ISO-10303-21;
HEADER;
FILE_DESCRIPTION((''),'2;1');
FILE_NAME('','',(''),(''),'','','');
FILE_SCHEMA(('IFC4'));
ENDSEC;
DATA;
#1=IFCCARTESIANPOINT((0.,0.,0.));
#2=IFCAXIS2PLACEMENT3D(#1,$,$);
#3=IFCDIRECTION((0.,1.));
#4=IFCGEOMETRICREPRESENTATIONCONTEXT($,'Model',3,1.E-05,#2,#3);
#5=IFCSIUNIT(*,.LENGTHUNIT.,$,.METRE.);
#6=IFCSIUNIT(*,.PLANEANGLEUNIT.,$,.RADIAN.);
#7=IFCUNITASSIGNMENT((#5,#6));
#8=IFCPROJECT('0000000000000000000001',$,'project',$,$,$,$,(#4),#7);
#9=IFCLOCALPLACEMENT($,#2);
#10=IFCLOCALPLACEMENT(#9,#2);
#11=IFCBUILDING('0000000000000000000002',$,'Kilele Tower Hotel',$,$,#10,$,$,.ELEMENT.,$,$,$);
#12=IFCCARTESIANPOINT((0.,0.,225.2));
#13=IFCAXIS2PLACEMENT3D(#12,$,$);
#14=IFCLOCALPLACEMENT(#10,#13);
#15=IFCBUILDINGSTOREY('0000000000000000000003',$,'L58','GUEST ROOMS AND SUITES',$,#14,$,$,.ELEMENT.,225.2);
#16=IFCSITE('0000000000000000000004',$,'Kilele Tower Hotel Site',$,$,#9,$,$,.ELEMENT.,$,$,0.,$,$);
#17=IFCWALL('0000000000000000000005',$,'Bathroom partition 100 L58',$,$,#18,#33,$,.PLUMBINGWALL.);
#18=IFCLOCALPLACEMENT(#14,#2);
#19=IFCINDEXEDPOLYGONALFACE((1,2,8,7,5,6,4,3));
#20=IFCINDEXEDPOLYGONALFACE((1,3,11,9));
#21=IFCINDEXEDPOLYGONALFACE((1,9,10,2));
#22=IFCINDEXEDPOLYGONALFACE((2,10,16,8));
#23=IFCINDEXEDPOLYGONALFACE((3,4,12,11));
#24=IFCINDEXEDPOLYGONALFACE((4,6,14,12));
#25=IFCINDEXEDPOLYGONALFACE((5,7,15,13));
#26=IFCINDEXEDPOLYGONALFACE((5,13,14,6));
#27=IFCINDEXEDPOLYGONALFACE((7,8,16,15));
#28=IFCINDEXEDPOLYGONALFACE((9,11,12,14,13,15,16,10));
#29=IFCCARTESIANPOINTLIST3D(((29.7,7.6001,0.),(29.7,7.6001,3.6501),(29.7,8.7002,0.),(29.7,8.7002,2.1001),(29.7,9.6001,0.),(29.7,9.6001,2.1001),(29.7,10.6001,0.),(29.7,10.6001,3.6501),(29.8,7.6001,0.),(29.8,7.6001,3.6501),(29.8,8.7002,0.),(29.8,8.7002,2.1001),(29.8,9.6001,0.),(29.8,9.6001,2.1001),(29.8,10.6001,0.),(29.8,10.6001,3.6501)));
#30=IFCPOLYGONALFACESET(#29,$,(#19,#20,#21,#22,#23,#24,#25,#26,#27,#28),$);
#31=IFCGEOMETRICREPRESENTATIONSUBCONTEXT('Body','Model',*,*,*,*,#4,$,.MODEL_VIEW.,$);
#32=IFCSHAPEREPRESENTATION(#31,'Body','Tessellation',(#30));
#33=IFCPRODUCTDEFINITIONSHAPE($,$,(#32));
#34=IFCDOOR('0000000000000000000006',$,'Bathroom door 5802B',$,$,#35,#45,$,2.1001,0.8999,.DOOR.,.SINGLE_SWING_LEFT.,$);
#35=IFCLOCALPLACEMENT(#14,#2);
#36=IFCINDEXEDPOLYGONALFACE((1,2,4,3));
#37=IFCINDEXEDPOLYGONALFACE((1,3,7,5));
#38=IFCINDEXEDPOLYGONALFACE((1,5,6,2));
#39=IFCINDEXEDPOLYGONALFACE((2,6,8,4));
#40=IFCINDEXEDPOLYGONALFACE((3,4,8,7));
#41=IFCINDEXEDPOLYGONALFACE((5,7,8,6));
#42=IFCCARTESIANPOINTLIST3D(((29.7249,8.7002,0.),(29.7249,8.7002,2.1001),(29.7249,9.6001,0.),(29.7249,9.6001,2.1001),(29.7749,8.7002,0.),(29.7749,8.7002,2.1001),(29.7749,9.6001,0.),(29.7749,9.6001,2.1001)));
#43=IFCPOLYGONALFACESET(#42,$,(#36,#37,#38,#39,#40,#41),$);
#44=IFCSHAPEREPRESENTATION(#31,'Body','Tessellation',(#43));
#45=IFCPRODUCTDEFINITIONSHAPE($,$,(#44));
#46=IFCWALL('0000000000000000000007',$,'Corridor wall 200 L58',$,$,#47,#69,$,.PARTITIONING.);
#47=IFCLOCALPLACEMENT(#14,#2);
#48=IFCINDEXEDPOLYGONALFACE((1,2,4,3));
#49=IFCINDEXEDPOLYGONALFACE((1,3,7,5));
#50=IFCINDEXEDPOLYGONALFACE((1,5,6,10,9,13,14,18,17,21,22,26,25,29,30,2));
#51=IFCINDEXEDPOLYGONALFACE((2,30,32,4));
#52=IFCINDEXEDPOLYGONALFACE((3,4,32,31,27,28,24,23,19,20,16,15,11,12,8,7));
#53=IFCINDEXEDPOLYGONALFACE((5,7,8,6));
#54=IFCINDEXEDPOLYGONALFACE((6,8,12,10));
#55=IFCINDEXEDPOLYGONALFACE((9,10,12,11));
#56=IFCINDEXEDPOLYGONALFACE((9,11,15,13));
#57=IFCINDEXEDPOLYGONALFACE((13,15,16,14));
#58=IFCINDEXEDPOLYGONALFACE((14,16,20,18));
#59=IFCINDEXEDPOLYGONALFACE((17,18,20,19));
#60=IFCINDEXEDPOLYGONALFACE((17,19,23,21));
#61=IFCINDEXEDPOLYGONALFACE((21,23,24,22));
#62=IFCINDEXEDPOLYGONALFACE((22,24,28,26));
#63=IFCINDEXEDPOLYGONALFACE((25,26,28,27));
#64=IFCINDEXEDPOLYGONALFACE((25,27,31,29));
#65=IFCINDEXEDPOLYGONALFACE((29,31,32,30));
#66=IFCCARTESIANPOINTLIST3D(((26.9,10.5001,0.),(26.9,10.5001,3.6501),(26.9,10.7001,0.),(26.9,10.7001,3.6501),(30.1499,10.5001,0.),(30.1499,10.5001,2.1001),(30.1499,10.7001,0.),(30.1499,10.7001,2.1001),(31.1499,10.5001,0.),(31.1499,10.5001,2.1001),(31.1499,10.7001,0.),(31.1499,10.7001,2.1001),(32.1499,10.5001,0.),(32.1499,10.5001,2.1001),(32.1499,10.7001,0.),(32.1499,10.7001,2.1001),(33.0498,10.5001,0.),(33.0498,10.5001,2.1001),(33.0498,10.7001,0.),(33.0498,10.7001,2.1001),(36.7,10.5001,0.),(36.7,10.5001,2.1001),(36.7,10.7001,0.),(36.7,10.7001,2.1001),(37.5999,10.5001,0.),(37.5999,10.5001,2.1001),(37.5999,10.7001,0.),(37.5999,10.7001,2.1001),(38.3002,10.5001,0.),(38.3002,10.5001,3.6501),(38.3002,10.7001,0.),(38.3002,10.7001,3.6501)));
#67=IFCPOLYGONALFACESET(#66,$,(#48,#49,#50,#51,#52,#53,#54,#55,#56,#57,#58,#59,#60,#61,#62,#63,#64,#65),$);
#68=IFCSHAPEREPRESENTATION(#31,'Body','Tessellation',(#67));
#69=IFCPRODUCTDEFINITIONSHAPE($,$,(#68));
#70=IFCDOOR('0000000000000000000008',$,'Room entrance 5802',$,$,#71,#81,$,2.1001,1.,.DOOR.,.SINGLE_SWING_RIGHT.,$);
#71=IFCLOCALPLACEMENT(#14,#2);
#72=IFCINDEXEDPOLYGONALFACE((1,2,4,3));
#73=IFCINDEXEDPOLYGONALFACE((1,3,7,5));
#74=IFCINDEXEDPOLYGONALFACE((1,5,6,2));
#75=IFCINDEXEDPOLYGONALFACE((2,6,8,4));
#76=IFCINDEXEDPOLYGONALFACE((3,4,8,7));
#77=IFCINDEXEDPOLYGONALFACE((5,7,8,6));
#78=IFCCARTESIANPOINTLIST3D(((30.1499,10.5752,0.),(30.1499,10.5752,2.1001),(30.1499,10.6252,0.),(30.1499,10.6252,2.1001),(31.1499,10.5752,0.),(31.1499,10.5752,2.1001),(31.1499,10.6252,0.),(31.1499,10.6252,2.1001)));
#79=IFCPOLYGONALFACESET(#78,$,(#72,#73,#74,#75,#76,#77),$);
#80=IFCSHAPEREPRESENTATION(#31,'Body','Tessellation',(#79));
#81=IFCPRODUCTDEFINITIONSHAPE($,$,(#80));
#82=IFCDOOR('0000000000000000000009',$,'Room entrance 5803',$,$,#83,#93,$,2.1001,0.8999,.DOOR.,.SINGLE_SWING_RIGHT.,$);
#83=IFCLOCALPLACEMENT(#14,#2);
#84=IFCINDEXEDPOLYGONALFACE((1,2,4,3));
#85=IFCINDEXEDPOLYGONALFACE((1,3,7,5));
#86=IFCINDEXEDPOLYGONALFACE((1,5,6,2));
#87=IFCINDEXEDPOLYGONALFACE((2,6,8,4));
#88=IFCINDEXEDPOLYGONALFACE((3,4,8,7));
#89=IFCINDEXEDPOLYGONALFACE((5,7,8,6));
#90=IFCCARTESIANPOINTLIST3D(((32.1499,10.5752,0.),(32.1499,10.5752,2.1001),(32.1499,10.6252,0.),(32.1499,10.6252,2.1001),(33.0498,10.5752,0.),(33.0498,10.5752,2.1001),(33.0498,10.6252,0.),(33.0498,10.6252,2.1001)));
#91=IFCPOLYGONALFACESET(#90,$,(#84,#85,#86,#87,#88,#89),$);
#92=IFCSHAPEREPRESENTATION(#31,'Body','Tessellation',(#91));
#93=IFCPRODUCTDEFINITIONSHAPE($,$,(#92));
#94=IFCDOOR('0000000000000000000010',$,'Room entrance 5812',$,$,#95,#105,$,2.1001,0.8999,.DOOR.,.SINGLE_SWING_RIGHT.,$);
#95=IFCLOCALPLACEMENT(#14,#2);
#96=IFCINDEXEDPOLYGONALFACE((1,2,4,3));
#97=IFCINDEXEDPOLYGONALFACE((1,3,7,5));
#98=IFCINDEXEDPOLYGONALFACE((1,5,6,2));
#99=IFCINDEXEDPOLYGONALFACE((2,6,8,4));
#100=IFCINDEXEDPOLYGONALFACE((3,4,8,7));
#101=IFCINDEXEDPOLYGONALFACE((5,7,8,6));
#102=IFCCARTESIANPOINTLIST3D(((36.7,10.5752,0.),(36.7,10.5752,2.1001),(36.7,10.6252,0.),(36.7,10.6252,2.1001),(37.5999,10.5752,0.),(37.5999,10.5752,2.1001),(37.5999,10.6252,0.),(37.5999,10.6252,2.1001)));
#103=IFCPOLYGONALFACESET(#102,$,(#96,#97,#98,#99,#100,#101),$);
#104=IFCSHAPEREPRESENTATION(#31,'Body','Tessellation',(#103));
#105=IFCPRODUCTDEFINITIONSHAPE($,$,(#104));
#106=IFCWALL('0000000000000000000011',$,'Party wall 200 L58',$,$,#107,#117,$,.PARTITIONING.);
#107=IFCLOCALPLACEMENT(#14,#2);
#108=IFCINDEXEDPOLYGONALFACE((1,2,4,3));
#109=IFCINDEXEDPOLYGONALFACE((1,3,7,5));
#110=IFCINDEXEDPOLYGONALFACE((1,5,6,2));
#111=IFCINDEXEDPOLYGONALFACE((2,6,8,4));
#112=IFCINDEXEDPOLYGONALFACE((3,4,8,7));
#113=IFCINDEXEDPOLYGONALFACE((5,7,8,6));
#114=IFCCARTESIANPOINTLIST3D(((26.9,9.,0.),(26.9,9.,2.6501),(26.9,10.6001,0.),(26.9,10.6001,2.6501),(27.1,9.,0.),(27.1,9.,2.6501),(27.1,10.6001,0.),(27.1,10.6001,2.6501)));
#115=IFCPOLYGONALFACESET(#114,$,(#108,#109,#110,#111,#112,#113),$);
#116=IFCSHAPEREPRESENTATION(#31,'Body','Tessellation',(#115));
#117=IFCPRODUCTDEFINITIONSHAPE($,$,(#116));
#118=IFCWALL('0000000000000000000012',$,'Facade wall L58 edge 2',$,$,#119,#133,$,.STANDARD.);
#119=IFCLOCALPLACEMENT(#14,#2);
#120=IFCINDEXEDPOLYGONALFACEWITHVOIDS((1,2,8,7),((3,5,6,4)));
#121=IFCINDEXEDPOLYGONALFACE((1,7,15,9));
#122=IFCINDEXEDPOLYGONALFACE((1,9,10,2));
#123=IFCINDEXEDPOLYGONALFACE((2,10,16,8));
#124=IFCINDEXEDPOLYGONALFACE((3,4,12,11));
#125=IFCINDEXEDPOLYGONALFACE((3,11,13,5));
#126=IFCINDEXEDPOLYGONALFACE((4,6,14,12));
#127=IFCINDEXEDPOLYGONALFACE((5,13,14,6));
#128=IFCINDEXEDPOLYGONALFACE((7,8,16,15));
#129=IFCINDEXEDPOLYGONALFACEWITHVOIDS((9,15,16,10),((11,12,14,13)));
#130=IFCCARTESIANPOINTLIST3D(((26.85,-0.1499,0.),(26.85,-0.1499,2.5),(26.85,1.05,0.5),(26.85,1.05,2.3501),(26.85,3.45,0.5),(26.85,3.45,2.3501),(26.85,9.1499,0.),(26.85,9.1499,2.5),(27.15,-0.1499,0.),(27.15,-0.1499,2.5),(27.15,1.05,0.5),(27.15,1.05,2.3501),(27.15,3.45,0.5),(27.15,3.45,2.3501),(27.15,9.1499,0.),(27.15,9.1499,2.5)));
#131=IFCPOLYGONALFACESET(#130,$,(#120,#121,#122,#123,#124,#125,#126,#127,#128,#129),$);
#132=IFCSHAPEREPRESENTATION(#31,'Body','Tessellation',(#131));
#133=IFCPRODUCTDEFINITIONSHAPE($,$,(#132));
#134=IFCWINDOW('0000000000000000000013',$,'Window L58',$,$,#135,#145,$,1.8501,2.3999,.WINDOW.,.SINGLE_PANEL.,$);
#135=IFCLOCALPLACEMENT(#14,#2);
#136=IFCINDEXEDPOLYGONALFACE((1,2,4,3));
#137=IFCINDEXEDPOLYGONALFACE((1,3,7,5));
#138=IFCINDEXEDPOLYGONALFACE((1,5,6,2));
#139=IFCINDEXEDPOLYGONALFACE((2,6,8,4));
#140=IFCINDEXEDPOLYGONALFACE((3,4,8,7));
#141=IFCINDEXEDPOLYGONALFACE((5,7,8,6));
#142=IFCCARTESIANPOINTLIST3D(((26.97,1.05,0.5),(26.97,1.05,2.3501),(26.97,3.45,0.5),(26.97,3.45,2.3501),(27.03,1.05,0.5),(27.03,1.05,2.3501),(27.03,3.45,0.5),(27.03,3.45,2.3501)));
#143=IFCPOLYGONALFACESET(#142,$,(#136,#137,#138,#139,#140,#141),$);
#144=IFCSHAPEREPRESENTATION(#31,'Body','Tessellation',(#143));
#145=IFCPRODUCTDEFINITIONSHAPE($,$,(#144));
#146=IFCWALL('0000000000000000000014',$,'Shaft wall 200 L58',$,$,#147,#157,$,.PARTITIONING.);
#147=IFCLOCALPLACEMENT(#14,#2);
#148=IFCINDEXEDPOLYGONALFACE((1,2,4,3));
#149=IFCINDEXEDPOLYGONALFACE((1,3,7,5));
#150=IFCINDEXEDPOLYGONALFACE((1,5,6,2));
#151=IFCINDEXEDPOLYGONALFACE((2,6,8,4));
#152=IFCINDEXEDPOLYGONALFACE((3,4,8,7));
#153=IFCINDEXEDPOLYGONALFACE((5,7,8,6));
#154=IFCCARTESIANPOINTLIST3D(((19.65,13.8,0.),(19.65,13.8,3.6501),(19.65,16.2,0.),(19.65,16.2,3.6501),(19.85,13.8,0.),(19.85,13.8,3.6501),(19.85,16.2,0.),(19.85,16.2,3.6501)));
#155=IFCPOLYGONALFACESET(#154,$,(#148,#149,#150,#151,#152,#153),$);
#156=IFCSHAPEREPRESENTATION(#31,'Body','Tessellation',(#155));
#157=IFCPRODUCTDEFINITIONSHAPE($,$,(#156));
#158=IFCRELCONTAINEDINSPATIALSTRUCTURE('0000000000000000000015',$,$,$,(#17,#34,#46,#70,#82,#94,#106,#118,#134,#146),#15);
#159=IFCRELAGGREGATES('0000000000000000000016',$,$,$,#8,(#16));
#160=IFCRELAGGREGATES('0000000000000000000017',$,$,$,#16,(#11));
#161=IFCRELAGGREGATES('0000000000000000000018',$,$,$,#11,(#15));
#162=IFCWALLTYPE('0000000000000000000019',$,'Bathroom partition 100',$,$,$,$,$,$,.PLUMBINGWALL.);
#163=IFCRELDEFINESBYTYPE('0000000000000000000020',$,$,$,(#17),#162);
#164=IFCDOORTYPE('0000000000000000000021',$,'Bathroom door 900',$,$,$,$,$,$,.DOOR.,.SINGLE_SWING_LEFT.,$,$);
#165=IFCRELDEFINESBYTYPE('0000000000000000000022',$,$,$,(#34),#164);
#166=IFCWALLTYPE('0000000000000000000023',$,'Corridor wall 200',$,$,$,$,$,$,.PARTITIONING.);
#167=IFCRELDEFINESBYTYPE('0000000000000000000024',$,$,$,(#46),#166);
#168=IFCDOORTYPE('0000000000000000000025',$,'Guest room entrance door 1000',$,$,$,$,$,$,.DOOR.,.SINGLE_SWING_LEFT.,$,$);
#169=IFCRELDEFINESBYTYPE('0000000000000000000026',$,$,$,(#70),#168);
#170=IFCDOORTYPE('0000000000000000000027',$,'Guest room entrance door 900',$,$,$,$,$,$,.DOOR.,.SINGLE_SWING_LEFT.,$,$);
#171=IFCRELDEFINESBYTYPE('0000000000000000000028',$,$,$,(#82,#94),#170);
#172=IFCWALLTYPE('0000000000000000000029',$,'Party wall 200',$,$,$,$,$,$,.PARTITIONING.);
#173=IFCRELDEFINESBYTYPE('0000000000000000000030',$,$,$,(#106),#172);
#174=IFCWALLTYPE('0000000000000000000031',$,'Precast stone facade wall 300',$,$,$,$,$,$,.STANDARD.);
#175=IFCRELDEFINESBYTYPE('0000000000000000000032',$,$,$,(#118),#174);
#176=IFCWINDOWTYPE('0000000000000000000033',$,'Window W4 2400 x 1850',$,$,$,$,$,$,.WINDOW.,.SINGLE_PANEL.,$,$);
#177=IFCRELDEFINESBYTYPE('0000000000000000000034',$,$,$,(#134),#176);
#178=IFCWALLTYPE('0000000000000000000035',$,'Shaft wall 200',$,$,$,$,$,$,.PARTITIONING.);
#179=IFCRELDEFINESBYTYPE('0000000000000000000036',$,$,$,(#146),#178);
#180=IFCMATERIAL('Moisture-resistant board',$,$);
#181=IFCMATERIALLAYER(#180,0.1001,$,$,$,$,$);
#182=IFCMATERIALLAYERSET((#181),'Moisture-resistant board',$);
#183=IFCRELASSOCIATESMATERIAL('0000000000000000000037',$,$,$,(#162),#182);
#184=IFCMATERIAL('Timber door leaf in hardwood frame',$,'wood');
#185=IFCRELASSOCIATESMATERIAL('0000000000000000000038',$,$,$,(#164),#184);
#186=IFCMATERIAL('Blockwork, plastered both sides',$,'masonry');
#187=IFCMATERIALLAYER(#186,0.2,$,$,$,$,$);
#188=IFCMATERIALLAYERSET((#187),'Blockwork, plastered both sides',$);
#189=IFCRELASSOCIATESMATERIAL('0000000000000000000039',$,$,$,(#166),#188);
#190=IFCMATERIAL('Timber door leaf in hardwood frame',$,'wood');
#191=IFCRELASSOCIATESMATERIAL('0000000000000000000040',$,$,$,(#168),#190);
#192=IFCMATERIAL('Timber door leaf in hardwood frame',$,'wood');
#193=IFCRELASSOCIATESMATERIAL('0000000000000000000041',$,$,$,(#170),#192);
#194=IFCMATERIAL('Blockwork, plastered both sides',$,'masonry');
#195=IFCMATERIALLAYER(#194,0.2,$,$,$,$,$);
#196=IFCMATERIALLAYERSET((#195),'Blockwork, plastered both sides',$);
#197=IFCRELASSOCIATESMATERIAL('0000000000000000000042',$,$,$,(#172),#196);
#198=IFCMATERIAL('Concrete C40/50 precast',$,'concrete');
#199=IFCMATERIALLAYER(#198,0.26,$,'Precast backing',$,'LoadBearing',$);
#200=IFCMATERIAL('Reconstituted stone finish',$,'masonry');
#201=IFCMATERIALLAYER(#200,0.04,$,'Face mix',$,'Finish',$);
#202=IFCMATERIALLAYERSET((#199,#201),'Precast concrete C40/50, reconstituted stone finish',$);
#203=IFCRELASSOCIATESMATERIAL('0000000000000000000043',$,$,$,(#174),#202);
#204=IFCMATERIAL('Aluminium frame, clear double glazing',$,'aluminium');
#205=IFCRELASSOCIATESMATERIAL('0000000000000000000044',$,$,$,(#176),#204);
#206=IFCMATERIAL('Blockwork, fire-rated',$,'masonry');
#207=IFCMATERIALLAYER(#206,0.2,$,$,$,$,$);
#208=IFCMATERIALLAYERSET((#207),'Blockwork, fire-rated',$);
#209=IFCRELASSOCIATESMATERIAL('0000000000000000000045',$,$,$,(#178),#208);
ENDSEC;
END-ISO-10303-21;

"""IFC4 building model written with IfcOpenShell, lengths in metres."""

from ifc_helpers import new_model, si_unit, direction, frame, frame_2d, origin, place, context, subcontext, project, spatial, rectangle, extrude, material, layer, layer_set, type_object, element, fill, save


model = new_model("IFC4")

# Units and contexts
model_context = context("Model", 3, precision=1e-05, world=origin(), true_north=direction((0.0, 1.0)))
body_context = subcontext(model_context, "Body", "Model", "MODEL_VIEW")
ifc_project = project(units=[si_unit("LENGTHUNIT", "METRE"), si_unit("PLANEANGLEUNIT", "RADIAN")], contexts=[model_context])

# Site, building, storey
site_placement = place(None, origin())
site = spatial("IfcSite", under=ifc_project, at=site_placement, Name="Kilele Tower Hotel Site", CompositionType="ELEMENT", RefElevation=0.0)
building_placement = place(site_placement, origin())
building = spatial("IfcBuilding", under=site, at=building_placement, Name="Kilele Tower Hotel", CompositionType="ELEMENT")
storey_placement = place(building_placement, frame((0.0, 0.0, 225.2)))
storey = spatial("IfcBuildingStorey", under=building, at=storey_placement, Name="L58", Description="GUEST ROOMS AND SUITES", CompositionType="ELEMENT", Elevation=225.2)

# Wall, opening, door
ifc_material_1 = material(Name="Moisture-resistant board")
ifc_layer_1 = layer(ifc_material_1, 0.1001)
ifc_layer_set_1 = layer_set([ifc_layer_1], Name="Moisture-resistant board")
wall_type_1 = type_object("IfcWallType", Name="Bathroom partition 100", PredefinedType="PLUMBINGWALL", material=ifc_layer_set_1)
wall_1_placement = place(storey_placement, frame((29.75, 10.6001, 0.0), z_axis=(0.0, 0.0, 1.0), x_axis=(0.0, -1.0, 0.0)))
wall_1 = element("IfcWall", 1, at=wall_1_placement, inside=storey, type_object=wall_type_1, Name="Bathroom partition 100 L58", PredefinedType="PLUMBINGWALL", context=body_context, shape_type="SweptSolid", body=[
    extrude(rectangle(XDim=3.0, YDim=0.1001, at=frame_2d((1.5, 0.0))), origin(), (0.0, 0.0, 1.0), 3.6501),
])
opening_1_placement = place(wall_1_placement, frame((1.0, 0.0, 0.0)))
opening_1 = element("IfcOpeningElement", 2, at=opening_1_placement, cuts=wall_1, PredefinedType="OPENING", context=body_context, shape_type="SweptSolid", body=[
    extrude(rectangle(XDim=0.8999, YDim=2.1001, at=frame_2d((0.45, 1.05))), frame((0.0, 0.0601, 0.0), z_axis=(0.0, -1.0, 0.0), x_axis=(1.0, 0.0, 0.0)), (0.0, 0.0, 1.0), 0.1201),
])
ifc_material_2 = material(Name="Timber door leaf in hardwood frame", Category="wood")
door_type_1 = type_object("IfcDoorType", Name="Bathroom door 900", OperationType="SINGLE_SWING_LEFT", PredefinedType="DOOR", material=ifc_material_2)
door_1_placement = place(opening_1_placement, origin())
door_1 = element("IfcDoor", 3, at=door_1_placement, inside=storey, type_object=door_type_1, Name="Bathroom door 5802B", OperationType="SINGLE_SWING_LEFT", OverallHeight=2.1001, OverallWidth=0.8999, PredefinedType="DOOR", context=body_context, shape_type="SweptSolid", body=[
    extrude(rectangle(XDim=0.8999, YDim=2.1001, at=frame_2d((0.45, 1.05))), frame((0.0, 0.0249, 0.0), z_axis=(0.0, -1.0, 0.0), x_axis=(1.0, 0.0, 0.0)), (0.0, 0.0, 1.0), 0.05),
])
fill(opening_1, door_1)

# Wall, openings, doors
ifc_material_3 = material(Name="Blockwork, plastered both sides", Category="masonry")
ifc_layer_2 = layer(ifc_material_3, 0.2)
ifc_layer_set_2 = layer_set([ifc_layer_2], Name="Blockwork, plastered both sides")
wall_type_2 = type_object("IfcWallType", Name="Corridor wall 200", PredefinedType="PARTITIONING", material=ifc_layer_set_2)
wall_2_placement = place(storey_placement, frame((26.8999, 10.6001, 0.0), z_axis=(0.0, 0.0, 1.0), x_axis=(1.0, 0.0, 0.0)))
wall_2 = element("IfcWall", 4, at=wall_2_placement, inside=storey, type_object=wall_type_2, Name="Corridor wall 200 L58", PredefinedType="PARTITIONING", context=body_context, shape_type="SweptSolid", body=[
    extrude(rectangle(XDim=11.4001, YDim=0.2, at=frame_2d((5.7002, 0.0))), origin(), (0.0, 0.0, 1.0), 3.6501),
])
opening_2_placement = place(wall_2_placement, frame((4.25, 0.0, 0.0), z_axis=(0.0, 0.0, 1.0), x_axis=(-1.0, 0.0, 0.0)))
opening_2 = element("IfcOpeningElement", 5, at=opening_2_placement, cuts=wall_2, PredefinedType="OPENING", context=body_context, shape_type="SweptSolid", body=[
    extrude(rectangle(XDim=1.0, YDim=2.1001, at=frame_2d((0.5, 1.05))), frame((0.0, 0.1099, 0.0), z_axis=(0.0, -1.0, 0.0), x_axis=(1.0, 0.0, 0.0)), (0.0, 0.0, 1.0), 0.22),
])
opening_3_placement = place(wall_2_placement, frame((6.1499, 0.0, 0.0), z_axis=(0.0, 0.0, 1.0), x_axis=(-1.0, 0.0, 0.0)))
opening_3 = element("IfcOpeningElement", 6, at=opening_3_placement, cuts=wall_2, PredefinedType="OPENING", context=body_context, shape_type="SweptSolid", body=[
    extrude(rectangle(XDim=0.8999, YDim=2.1001, at=frame_2d((0.45, 1.05))), frame((0.0, 0.1099, 0.0), z_axis=(0.0, -1.0, 0.0), x_axis=(1.0, 0.0, 0.0)), (0.0, 0.0, 1.0), 0.22),
])
opening_4_placement = place(wall_2_placement, frame((10.7, 0.0, 0.0), z_axis=(0.0, 0.0, 1.0), x_axis=(-1.0, 0.0, 0.0)))
opening_4 = element("IfcOpeningElement", 7, at=opening_4_placement, cuts=wall_2, PredefinedType="OPENING", context=body_context, shape_type="SweptSolid", body=[
    extrude(rectangle(XDim=0.8999, YDim=2.1001, at=frame_2d((0.45, 1.05))), frame((0.0, 0.1099, 0.0), z_axis=(0.0, -1.0, 0.0), x_axis=(1.0, 0.0, 0.0)), (0.0, 0.0, 1.0), 0.22),
])
ifc_material_4 = material(Name="Timber door leaf in hardwood frame", Category="wood")
door_type_2 = type_object("IfcDoorType", Name="Guest room entrance door 1000", OperationType="SINGLE_SWING_LEFT", PredefinedType="DOOR", material=ifc_material_4)
door_2_placement = place(opening_2_placement, origin())
door_2 = element("IfcDoor", 8, at=door_2_placement, inside=storey, type_object=door_type_2, Name="Room entrance 5802", OperationType="SINGLE_SWING_RIGHT", OverallHeight=2.1001, OverallWidth=1.0, PredefinedType="DOOR", context=body_context, shape_type="SweptSolid", body=[
    extrude(rectangle(XDim=1.0, YDim=2.1001, at=frame_2d((0.5, 1.05))), frame((0.0, 0.0249, 0.0), z_axis=(0.0, -1.0, 0.0), x_axis=(1.0, 0.0, 0.0)), (0.0, 0.0, 1.0), 0.05),
])
fill(opening_2, door_2)
ifc_material_5 = material(Name="Timber door leaf in hardwood frame", Category="wood")
door_type_3 = type_object("IfcDoorType", Name="Guest room entrance door 900", OperationType="SINGLE_SWING_LEFT", PredefinedType="DOOR", material=ifc_material_5)
door_3_placement = place(opening_3_placement, origin())
door_3 = element("IfcDoor", 9, at=door_3_placement, inside=storey, type_object=door_type_3, Name="Room entrance 5803", OperationType="SINGLE_SWING_RIGHT", OverallHeight=2.1001, OverallWidth=0.8999, PredefinedType="DOOR", context=body_context, shape_type="SweptSolid", body=[
    extrude(rectangle(XDim=0.8999, YDim=2.1001, at=frame_2d((0.45, 1.05))), frame((0.0, 0.0249, 0.0), z_axis=(0.0, -1.0, 0.0), x_axis=(1.0, 0.0, 0.0)), (0.0, 0.0, 1.0), 0.05),
])
fill(opening_3, door_3)
door_4_placement = place(opening_4_placement, origin())
door_4 = element("IfcDoor", 10, at=door_4_placement, inside=storey, type_object=door_type_3, Name="Room entrance 5812", OperationType="SINGLE_SWING_RIGHT", OverallHeight=2.1001, OverallWidth=0.8999, PredefinedType="DOOR", context=body_context, shape_type="SweptSolid", body=[
    extrude(rectangle(XDim=0.8999, YDim=2.1001, at=frame_2d((0.45, 1.05))), frame((0.0, 0.0249, 0.0), z_axis=(0.0, -1.0, 0.0), x_axis=(1.0, 0.0, 0.0)), (0.0, 0.0, 1.0), 0.05),
])
fill(opening_4, door_4)

# Wall
ifc_material_6 = material(Name="Blockwork, plastered both sides", Category="masonry")
ifc_layer_3 = layer(ifc_material_6, 0.2)
ifc_layer_set_3 = layer_set([ifc_layer_3], Name="Blockwork, plastered both sides")
wall_type_3 = type_object("IfcWallType", Name="Party wall 200", PredefinedType="PARTITIONING", material=ifc_layer_set_3)
wall_3_placement = place(storey_placement, frame((27.0, 10.6001, 0.0), z_axis=(0.0, 0.0, 1.0), x_axis=(0.0, -1.0, 0.0)))
element("IfcWall", 11, at=wall_3_placement, inside=storey, type_object=wall_type_3, Name="Party wall 200 L58", PredefinedType="PARTITIONING", context=body_context, shape_type="SweptSolid", body=[
    extrude(rectangle(XDim=1.6001, YDim=0.2, at=frame_2d((0.8, 0.0))), origin(), (0.0, 0.0, 1.0), 2.6501),
])

# Wall, opening, window
ifc_material_7 = material(Name="Concrete C40/50 precast", Category="concrete")
ifc_layer_4 = layer(ifc_material_7, 0.26, Name="Precast backing", Category="LoadBearing")
ifc_material_8 = material(Name="Reconstituted stone finish", Category="masonry")
ifc_layer_5 = layer(ifc_material_8, 0.04, Name="Face mix", Category="Finish")
ifc_layer_set_4 = layer_set([ifc_layer_4, ifc_layer_5], Name="Precast concrete C40/50, reconstituted stone finish")
wall_type_4 = type_object("IfcWallType", Name="Precast stone facade wall 300", PredefinedType="STANDARD", material=ifc_layer_set_4)
wall_4_placement = place(storey_placement, frame((27.0, 9.1499, 0.0), z_axis=(0.0, 0.0, 1.0), x_axis=(0.0, -1.0, 0.0)))
wall_4 = element("IfcWall", 12, at=wall_4_placement, inside=storey, type_object=wall_type_4, Name="Facade wall L58 edge 2", PredefinedType="STANDARD", context=body_context, shape_type="SweptSolid", body=[
    extrude(rectangle(XDim=9.2998, YDim=0.3, at=frame_2d((4.6499, 0.0))), origin(), (0.0, 0.0, 1.0), 2.5),
])
opening_5_placement = place(wall_4_placement, frame((5.7, 0.0, 0.5)))
opening_5 = element("IfcOpeningElement", 13, at=opening_5_placement, cuts=wall_4, PredefinedType="OPENING", context=body_context, shape_type="SweptSolid", body=[
    extrude(rectangle(XDim=2.3999, YDim=1.8501, at=frame_2d((1.2, 0.925))), frame((0.0, 0.1599, 0.0), z_axis=(0.0, -1.0, 0.0), x_axis=(1.0, 0.0, 0.0)), (0.0, 0.0, 1.0), 0.3201),
])
ifc_material_9 = material(Name="Aluminium frame, clear double glazing", Category="aluminium")
window_type = type_object("IfcWindowType", Name="Window W4 2400 x 1850", PartitioningType="SINGLE_PANEL", PredefinedType="WINDOW", material=ifc_material_9)
window_placement = place(opening_5_placement, origin())
window = element("IfcWindow", 14, at=window_placement, inside=storey, type_object=window_type, Name="Window L58", OverallHeight=1.8501, OverallWidth=2.3999, PartitioningType="SINGLE_PANEL", PredefinedType="WINDOW", context=body_context, shape_type="SweptSolid", body=[
    extrude(rectangle(XDim=2.3999, YDim=1.8501, at=frame_2d((1.2, 0.925))), frame((0.0, 0.03, 0.0), z_axis=(0.0, -1.0, 0.0), x_axis=(1.0, 0.0, 0.0)), (0.0, 0.0, 1.0), 0.0601),
])
fill(opening_5, window)

# Wall
ifc_material_10 = material(Name="Blockwork, fire-rated", Category="masonry")
ifc_layer_6 = layer(ifc_material_10, 0.2)
ifc_layer_set_5 = layer_set([ifc_layer_6], Name="Blockwork, fire-rated")
wall_type_5 = type_object("IfcWallType", Name="Shaft wall 200", PredefinedType="PARTITIONING", material=ifc_layer_set_5)
wall_5_placement = place(storey_placement, frame((19.75, 13.8, 0.0), z_axis=(0.0, 0.0, 1.0), x_axis=(0.0, 1.0, 0.0)))
element("IfcWall", 15, at=wall_5_placement, inside=storey, type_object=wall_type_5, Name="Shaft wall 200 L58", PredefinedType="PARTITIONING", context=body_context, shape_type="SweptSolid", body=[
    extrude(rectangle(XDim=2.3999, YDim=0.2, at=frame_2d((1.2, 0.0))), origin(), (0.0, 0.0, 1.0), 3.6501),
])

save(model, "model.ifc")
